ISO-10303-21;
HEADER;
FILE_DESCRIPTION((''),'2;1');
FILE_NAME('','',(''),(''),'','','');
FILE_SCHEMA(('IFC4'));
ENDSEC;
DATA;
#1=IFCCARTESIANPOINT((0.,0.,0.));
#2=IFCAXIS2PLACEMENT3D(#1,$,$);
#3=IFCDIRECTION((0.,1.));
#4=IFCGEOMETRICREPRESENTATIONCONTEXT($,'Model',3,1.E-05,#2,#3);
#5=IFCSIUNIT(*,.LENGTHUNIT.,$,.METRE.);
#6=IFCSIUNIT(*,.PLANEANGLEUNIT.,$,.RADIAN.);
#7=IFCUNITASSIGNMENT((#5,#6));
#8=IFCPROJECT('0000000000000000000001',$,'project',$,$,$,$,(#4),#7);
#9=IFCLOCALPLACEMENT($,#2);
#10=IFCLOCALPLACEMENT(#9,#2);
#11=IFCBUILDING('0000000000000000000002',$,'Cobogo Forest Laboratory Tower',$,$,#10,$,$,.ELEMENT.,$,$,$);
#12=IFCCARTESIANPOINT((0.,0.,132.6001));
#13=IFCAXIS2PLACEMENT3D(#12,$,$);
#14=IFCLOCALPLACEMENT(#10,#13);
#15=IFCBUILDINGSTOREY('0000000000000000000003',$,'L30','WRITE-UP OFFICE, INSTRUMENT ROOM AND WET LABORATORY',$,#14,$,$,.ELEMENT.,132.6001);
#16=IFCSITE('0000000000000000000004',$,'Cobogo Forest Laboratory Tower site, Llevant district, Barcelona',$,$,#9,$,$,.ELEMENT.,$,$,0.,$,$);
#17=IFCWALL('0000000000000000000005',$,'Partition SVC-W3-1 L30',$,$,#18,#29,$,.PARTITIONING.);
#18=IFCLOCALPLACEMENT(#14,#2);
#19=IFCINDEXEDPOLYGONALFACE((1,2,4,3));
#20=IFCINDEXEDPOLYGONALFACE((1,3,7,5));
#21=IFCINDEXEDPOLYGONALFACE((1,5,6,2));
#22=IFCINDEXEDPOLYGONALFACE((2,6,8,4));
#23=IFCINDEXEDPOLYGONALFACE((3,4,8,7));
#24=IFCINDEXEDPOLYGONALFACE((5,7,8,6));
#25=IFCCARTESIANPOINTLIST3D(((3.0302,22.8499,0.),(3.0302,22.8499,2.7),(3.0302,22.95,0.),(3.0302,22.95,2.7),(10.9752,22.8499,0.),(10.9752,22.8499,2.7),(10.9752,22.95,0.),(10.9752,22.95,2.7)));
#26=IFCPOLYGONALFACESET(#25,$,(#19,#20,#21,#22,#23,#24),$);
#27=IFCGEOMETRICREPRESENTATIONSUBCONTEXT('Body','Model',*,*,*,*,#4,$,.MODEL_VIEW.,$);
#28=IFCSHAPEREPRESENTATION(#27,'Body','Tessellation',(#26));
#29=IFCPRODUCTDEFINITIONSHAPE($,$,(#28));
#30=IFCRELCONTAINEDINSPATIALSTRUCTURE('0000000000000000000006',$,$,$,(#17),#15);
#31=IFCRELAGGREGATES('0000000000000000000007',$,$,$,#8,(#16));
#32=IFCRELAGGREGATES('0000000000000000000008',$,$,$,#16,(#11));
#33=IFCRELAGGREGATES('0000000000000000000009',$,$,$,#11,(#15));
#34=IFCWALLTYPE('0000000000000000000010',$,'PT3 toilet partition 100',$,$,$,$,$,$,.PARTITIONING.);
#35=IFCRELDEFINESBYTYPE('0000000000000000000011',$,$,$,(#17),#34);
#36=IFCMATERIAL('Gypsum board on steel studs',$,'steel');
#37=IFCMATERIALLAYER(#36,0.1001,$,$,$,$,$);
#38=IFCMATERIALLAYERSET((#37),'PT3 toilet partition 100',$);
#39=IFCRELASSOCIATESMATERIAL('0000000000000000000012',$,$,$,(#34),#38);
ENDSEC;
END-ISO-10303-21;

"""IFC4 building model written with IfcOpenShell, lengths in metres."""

from ifc_helpers import new_model, si_unit, direction, frame, frame_2d, origin, place, context, subcontext, project, spatial, rectangle, extrude, material, layer, layer_set, type_object, element, save


model = new_model("IFC4")

# Units and contexts
model_context = context("Model", 3, precision=1e-05, world=origin(), true_north=direction((0.0, 1.0)))
body_context = subcontext(model_context, "Body", "Model", "MODEL_VIEW")
ifc_project = project(units=[si_unit("LENGTHUNIT", "METRE"), si_unit("PLANEANGLEUNIT", "RADIAN")], contexts=[model_context])

# Site, building, storey
site_placement = place(None, origin())
site = spatial("IfcSite", under=ifc_project, at=site_placement, Name="Cobogo Forest Laboratory Tower site, Llevant district, Barcelona", CompositionType="ELEMENT", RefElevation=0.0)
building_placement = place(site_placement, origin())
building = spatial("IfcBuilding", under=site, at=building_placement, Name="Cobogo Forest Laboratory Tower", CompositionType="ELEMENT")
storey_placement = place(building_placement, frame((0.0, 0.0, 132.6001)))
storey = spatial("IfcBuildingStorey", under=building, at=storey_placement, Name="L30", Description="WRITE-UP OFFICE, INSTRUMENT ROOM AND WET LABORATORY", CompositionType="ELEMENT", Elevation=132.6001)

# Wall
ifc_material_1 = material(Name="Gypsum board on steel studs", Category="steel")
ifc_layer_1 = layer(ifc_material_1, 0.1001)
ifc_layer_set_1 = layer_set([ifc_layer_1], Name="PT3 toilet partition 100")
wall_type_1 = type_object("IfcWallType", Name="PT3 toilet partition 100", PredefinedType="PARTITIONING", material=ifc_layer_set_1)
wall_1_placement = place(storey_placement, frame((3.03, 22.8999, 0.0), z_axis=(0.0, 0.0, 1.0), x_axis=(1.0, 0.0, 0.0)))
element("IfcWall", 1, at=wall_1_placement, inside=storey, type_object=wall_type_1, Name="Partition SVC-W3-1 L30", PredefinedType="PARTITIONING", context=body_context, shape_type="SweptSolid", body=[
    extrude(rectangle(XDim=7.9451, YDim=0.1001, at=frame_2d((3.9727, 0.0))), origin(), (0.0, 0.0, 1.0), 2.7),
])

save(model, "model.ifc")
